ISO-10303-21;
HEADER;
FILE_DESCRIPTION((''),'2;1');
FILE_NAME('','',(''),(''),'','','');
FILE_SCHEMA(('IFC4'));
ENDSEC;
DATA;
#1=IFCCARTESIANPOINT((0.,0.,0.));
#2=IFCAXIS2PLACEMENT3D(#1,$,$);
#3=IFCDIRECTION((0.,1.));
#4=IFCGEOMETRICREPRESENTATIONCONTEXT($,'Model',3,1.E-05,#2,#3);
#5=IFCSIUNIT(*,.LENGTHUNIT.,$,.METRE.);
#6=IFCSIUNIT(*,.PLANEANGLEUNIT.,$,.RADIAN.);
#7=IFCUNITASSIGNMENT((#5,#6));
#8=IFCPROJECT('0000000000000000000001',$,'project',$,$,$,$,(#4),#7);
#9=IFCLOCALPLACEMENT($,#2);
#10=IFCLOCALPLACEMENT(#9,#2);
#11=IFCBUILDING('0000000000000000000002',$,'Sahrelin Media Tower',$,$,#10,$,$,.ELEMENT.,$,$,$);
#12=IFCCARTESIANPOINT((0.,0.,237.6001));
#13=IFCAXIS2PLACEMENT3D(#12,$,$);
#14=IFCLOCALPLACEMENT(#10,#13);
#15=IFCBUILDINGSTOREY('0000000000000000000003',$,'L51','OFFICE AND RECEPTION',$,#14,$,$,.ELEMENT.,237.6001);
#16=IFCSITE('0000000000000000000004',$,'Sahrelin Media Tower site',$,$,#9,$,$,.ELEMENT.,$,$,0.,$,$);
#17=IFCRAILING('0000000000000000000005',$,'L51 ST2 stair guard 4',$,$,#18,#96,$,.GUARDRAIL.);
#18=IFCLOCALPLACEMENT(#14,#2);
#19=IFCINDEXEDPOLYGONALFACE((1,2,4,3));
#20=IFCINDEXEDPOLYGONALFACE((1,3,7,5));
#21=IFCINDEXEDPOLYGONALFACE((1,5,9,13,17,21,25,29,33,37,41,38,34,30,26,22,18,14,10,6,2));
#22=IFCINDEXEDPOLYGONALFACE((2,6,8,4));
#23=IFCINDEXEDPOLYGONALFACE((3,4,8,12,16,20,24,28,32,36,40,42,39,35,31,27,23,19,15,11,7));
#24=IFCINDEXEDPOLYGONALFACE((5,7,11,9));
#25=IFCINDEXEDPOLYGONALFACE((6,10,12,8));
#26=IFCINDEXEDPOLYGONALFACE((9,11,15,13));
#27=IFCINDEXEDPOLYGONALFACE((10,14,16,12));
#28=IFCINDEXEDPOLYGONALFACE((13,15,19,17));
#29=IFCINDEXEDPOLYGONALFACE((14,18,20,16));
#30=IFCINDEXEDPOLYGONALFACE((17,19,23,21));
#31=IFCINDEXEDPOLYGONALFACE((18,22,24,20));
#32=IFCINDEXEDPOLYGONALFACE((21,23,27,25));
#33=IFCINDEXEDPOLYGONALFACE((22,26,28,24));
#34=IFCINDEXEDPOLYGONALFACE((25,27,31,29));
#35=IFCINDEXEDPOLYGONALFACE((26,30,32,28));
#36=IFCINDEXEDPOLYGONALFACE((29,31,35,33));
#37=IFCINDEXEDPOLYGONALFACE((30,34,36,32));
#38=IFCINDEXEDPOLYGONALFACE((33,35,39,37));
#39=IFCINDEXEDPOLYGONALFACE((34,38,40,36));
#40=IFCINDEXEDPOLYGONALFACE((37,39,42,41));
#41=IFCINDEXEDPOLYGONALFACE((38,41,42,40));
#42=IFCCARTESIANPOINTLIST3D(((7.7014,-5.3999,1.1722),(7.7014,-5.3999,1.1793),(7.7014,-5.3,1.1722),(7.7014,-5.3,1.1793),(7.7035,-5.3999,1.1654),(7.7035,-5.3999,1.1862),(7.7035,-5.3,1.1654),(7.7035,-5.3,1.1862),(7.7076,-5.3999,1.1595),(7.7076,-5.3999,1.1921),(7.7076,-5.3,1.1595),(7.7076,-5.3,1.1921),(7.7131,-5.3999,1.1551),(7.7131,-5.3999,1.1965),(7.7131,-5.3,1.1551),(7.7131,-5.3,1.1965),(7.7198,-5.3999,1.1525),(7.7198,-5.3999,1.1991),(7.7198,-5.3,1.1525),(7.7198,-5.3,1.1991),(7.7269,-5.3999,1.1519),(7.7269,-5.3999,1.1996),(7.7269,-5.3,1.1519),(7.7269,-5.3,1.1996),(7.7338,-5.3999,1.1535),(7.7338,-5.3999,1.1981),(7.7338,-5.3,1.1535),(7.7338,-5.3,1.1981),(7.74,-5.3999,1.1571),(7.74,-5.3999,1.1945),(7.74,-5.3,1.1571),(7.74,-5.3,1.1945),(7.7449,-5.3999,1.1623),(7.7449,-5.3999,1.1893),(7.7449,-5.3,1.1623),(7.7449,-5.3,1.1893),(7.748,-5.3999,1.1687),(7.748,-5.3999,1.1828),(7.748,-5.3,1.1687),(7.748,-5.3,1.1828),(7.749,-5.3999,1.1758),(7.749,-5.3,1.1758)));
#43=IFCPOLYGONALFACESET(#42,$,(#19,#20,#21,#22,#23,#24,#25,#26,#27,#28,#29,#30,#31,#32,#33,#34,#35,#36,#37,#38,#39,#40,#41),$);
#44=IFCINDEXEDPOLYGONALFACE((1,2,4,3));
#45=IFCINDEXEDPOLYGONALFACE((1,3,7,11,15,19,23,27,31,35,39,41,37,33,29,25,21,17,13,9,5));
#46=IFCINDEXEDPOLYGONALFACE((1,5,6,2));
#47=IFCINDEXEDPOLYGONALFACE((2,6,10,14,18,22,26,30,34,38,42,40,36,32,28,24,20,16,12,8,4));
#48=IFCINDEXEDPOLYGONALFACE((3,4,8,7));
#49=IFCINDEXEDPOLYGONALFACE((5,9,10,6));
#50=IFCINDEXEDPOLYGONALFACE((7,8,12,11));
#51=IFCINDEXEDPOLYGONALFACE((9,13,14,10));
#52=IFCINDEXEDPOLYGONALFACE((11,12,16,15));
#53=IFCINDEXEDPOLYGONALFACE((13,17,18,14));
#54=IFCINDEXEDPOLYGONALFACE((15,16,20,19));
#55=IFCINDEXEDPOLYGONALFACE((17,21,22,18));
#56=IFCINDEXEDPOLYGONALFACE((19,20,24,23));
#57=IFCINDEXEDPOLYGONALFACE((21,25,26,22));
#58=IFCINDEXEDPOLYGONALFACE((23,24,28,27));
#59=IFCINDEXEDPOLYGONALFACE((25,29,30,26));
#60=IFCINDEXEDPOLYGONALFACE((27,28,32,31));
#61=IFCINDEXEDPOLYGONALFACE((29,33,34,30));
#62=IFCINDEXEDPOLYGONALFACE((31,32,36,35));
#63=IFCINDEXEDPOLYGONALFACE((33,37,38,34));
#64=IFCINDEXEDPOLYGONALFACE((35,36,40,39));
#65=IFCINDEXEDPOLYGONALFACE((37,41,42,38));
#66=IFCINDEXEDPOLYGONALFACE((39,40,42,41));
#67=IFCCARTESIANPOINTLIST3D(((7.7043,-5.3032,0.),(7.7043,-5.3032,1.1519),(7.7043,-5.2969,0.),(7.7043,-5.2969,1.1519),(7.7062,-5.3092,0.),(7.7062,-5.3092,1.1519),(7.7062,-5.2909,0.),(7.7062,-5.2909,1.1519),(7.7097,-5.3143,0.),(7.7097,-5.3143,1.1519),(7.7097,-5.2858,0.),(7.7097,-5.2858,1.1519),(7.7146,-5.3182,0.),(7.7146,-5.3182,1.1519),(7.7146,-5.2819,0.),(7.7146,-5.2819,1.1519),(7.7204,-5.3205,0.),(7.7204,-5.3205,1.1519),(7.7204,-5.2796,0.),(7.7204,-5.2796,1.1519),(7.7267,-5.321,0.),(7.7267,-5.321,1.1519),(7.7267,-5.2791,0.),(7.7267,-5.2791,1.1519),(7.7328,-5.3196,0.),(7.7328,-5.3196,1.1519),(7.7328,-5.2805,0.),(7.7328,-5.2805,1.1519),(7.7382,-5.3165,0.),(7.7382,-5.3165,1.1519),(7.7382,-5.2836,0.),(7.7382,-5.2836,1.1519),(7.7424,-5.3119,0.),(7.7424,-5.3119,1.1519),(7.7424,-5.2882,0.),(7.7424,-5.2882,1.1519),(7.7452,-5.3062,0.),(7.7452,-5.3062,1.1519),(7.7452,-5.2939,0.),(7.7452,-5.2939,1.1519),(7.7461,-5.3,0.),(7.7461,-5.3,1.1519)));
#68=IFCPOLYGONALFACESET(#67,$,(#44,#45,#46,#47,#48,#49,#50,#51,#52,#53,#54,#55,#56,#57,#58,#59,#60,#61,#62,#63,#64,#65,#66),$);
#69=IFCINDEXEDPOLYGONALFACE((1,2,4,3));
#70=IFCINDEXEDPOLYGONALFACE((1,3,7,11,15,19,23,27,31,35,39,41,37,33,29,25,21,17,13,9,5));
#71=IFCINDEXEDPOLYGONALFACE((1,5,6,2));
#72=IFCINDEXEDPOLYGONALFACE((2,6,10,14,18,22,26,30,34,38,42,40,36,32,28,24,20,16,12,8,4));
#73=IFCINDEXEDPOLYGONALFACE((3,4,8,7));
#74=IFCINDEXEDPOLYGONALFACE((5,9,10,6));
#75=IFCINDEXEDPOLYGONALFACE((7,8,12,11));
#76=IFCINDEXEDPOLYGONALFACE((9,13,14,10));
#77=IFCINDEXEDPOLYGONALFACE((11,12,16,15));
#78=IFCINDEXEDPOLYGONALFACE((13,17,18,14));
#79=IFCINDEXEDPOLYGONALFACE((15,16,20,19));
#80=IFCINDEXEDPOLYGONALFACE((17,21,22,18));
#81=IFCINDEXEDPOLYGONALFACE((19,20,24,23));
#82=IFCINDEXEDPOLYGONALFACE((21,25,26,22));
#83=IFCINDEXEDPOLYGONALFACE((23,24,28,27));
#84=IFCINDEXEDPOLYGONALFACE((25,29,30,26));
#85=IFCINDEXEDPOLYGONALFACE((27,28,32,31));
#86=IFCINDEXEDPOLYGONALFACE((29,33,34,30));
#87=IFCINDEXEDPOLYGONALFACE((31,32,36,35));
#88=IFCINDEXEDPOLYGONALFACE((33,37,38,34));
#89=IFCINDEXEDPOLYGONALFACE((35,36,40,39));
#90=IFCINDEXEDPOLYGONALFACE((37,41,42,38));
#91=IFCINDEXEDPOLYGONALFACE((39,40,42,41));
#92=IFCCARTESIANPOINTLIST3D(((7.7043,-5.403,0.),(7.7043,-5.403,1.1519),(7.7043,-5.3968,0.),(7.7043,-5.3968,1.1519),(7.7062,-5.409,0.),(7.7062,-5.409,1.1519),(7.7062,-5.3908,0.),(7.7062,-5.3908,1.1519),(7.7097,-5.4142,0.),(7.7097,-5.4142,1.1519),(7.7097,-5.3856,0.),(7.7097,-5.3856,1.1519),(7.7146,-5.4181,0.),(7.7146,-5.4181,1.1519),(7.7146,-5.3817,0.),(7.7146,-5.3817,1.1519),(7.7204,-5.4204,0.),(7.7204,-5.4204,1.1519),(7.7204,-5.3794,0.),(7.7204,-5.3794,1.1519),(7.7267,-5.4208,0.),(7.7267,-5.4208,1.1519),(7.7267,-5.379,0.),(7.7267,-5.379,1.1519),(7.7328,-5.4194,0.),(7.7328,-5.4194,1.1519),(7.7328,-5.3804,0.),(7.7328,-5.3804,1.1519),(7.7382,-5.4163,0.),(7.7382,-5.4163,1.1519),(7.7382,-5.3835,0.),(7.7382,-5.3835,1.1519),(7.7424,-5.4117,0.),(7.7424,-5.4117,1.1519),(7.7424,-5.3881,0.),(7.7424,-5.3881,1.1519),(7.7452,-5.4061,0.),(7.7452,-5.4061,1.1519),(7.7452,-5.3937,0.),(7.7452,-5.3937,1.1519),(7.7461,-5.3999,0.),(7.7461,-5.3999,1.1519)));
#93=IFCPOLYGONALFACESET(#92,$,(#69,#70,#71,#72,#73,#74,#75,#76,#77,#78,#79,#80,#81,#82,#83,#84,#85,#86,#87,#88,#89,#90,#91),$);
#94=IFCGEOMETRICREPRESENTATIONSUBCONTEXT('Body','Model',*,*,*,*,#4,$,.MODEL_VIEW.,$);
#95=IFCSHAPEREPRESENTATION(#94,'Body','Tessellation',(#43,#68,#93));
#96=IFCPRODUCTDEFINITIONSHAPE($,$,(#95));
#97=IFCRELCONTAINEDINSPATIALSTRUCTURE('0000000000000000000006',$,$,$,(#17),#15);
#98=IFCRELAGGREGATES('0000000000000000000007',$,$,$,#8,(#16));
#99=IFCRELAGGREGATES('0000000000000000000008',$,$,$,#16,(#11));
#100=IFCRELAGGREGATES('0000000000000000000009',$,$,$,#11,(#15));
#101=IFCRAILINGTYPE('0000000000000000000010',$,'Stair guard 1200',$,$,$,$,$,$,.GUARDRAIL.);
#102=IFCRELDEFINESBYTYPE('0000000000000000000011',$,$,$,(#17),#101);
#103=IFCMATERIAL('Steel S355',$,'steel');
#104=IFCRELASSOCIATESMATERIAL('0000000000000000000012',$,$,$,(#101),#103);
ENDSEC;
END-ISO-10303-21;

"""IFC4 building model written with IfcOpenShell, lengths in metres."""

from ifc_helpers import new_model, si_unit, direction, frame, origin, origin_2d, place, context, subcontext, project, spatial, circle, extrude, material, type_object, element, save


model = new_model("IFC4")

# Units and contexts
model_context = context("Model", 3, precision=1e-05, world=origin(), true_north=direction((0.0, 1.0)))
body_context = subcontext(model_context, "Body", "Model", "MODEL_VIEW")
ifc_project = project(units=[si_unit("LENGTHUNIT", "METRE"), si_unit("PLANEANGLEUNIT", "RADIAN")], contexts=[model_context])

# Site, building, storey
site_placement = place(None, origin())
site = spatial("IfcSite", under=ifc_project, at=site_placement, Name="Sahrelin Media Tower site", CompositionType="ELEMENT", RefElevation=0.0)
building_placement = place(site_placement, origin())
building = spatial("IfcBuilding", under=site, at=building_placement, Name="Sahrelin Media Tower", CompositionType="ELEMENT")
storey_placement = place(building_placement, frame((0.0, 0.0, 237.6001)))
storey = spatial("IfcBuildingStorey", under=building, at=storey_placement, Name="L51", Description="OFFICE AND RECEPTION", CompositionType="ELEMENT", Elevation=237.6001)

# Shared definitions
ifc_material_1 = material(Name="Steel S355", Category="steel")

# Railing
railing_type_1 = type_object("IfcRailingType", Name="Stair guard 1200", PredefinedType="GUARDRAIL", material=ifc_material_1)
railing_1_placement = place(storey_placement, frame((7.7251, -5.3, 0.0)))
element("IfcRailing", 1, at=railing_1_placement, inside=storey, type_object=railing_type_1, Name="L51 ST2 stair guard 4", PredefinedType="GUARDRAIL", context=body_context, shape_type="SweptSolid", body=[
    extrude(circle(Radius=0.0239, at=origin_2d()), frame((0.0, 0.0, 1.1758), z_axis=(0.0, -1.0, 0.0), x_axis=(1.0, 0.0, 0.0)), (0.0, 0.0, 1.0), 0.0999),
    extrude(circle(Radius=0.021, at=origin_2d()), origin(), (0.0, 0.0, 1.0), 1.1519),
    extrude(circle(Radius=0.021, at=origin_2d()), frame((0.0, -0.0999, 0.0)), (0.0, 0.0, 1.0), 1.1519),
])

save(model, "model.ifc")
